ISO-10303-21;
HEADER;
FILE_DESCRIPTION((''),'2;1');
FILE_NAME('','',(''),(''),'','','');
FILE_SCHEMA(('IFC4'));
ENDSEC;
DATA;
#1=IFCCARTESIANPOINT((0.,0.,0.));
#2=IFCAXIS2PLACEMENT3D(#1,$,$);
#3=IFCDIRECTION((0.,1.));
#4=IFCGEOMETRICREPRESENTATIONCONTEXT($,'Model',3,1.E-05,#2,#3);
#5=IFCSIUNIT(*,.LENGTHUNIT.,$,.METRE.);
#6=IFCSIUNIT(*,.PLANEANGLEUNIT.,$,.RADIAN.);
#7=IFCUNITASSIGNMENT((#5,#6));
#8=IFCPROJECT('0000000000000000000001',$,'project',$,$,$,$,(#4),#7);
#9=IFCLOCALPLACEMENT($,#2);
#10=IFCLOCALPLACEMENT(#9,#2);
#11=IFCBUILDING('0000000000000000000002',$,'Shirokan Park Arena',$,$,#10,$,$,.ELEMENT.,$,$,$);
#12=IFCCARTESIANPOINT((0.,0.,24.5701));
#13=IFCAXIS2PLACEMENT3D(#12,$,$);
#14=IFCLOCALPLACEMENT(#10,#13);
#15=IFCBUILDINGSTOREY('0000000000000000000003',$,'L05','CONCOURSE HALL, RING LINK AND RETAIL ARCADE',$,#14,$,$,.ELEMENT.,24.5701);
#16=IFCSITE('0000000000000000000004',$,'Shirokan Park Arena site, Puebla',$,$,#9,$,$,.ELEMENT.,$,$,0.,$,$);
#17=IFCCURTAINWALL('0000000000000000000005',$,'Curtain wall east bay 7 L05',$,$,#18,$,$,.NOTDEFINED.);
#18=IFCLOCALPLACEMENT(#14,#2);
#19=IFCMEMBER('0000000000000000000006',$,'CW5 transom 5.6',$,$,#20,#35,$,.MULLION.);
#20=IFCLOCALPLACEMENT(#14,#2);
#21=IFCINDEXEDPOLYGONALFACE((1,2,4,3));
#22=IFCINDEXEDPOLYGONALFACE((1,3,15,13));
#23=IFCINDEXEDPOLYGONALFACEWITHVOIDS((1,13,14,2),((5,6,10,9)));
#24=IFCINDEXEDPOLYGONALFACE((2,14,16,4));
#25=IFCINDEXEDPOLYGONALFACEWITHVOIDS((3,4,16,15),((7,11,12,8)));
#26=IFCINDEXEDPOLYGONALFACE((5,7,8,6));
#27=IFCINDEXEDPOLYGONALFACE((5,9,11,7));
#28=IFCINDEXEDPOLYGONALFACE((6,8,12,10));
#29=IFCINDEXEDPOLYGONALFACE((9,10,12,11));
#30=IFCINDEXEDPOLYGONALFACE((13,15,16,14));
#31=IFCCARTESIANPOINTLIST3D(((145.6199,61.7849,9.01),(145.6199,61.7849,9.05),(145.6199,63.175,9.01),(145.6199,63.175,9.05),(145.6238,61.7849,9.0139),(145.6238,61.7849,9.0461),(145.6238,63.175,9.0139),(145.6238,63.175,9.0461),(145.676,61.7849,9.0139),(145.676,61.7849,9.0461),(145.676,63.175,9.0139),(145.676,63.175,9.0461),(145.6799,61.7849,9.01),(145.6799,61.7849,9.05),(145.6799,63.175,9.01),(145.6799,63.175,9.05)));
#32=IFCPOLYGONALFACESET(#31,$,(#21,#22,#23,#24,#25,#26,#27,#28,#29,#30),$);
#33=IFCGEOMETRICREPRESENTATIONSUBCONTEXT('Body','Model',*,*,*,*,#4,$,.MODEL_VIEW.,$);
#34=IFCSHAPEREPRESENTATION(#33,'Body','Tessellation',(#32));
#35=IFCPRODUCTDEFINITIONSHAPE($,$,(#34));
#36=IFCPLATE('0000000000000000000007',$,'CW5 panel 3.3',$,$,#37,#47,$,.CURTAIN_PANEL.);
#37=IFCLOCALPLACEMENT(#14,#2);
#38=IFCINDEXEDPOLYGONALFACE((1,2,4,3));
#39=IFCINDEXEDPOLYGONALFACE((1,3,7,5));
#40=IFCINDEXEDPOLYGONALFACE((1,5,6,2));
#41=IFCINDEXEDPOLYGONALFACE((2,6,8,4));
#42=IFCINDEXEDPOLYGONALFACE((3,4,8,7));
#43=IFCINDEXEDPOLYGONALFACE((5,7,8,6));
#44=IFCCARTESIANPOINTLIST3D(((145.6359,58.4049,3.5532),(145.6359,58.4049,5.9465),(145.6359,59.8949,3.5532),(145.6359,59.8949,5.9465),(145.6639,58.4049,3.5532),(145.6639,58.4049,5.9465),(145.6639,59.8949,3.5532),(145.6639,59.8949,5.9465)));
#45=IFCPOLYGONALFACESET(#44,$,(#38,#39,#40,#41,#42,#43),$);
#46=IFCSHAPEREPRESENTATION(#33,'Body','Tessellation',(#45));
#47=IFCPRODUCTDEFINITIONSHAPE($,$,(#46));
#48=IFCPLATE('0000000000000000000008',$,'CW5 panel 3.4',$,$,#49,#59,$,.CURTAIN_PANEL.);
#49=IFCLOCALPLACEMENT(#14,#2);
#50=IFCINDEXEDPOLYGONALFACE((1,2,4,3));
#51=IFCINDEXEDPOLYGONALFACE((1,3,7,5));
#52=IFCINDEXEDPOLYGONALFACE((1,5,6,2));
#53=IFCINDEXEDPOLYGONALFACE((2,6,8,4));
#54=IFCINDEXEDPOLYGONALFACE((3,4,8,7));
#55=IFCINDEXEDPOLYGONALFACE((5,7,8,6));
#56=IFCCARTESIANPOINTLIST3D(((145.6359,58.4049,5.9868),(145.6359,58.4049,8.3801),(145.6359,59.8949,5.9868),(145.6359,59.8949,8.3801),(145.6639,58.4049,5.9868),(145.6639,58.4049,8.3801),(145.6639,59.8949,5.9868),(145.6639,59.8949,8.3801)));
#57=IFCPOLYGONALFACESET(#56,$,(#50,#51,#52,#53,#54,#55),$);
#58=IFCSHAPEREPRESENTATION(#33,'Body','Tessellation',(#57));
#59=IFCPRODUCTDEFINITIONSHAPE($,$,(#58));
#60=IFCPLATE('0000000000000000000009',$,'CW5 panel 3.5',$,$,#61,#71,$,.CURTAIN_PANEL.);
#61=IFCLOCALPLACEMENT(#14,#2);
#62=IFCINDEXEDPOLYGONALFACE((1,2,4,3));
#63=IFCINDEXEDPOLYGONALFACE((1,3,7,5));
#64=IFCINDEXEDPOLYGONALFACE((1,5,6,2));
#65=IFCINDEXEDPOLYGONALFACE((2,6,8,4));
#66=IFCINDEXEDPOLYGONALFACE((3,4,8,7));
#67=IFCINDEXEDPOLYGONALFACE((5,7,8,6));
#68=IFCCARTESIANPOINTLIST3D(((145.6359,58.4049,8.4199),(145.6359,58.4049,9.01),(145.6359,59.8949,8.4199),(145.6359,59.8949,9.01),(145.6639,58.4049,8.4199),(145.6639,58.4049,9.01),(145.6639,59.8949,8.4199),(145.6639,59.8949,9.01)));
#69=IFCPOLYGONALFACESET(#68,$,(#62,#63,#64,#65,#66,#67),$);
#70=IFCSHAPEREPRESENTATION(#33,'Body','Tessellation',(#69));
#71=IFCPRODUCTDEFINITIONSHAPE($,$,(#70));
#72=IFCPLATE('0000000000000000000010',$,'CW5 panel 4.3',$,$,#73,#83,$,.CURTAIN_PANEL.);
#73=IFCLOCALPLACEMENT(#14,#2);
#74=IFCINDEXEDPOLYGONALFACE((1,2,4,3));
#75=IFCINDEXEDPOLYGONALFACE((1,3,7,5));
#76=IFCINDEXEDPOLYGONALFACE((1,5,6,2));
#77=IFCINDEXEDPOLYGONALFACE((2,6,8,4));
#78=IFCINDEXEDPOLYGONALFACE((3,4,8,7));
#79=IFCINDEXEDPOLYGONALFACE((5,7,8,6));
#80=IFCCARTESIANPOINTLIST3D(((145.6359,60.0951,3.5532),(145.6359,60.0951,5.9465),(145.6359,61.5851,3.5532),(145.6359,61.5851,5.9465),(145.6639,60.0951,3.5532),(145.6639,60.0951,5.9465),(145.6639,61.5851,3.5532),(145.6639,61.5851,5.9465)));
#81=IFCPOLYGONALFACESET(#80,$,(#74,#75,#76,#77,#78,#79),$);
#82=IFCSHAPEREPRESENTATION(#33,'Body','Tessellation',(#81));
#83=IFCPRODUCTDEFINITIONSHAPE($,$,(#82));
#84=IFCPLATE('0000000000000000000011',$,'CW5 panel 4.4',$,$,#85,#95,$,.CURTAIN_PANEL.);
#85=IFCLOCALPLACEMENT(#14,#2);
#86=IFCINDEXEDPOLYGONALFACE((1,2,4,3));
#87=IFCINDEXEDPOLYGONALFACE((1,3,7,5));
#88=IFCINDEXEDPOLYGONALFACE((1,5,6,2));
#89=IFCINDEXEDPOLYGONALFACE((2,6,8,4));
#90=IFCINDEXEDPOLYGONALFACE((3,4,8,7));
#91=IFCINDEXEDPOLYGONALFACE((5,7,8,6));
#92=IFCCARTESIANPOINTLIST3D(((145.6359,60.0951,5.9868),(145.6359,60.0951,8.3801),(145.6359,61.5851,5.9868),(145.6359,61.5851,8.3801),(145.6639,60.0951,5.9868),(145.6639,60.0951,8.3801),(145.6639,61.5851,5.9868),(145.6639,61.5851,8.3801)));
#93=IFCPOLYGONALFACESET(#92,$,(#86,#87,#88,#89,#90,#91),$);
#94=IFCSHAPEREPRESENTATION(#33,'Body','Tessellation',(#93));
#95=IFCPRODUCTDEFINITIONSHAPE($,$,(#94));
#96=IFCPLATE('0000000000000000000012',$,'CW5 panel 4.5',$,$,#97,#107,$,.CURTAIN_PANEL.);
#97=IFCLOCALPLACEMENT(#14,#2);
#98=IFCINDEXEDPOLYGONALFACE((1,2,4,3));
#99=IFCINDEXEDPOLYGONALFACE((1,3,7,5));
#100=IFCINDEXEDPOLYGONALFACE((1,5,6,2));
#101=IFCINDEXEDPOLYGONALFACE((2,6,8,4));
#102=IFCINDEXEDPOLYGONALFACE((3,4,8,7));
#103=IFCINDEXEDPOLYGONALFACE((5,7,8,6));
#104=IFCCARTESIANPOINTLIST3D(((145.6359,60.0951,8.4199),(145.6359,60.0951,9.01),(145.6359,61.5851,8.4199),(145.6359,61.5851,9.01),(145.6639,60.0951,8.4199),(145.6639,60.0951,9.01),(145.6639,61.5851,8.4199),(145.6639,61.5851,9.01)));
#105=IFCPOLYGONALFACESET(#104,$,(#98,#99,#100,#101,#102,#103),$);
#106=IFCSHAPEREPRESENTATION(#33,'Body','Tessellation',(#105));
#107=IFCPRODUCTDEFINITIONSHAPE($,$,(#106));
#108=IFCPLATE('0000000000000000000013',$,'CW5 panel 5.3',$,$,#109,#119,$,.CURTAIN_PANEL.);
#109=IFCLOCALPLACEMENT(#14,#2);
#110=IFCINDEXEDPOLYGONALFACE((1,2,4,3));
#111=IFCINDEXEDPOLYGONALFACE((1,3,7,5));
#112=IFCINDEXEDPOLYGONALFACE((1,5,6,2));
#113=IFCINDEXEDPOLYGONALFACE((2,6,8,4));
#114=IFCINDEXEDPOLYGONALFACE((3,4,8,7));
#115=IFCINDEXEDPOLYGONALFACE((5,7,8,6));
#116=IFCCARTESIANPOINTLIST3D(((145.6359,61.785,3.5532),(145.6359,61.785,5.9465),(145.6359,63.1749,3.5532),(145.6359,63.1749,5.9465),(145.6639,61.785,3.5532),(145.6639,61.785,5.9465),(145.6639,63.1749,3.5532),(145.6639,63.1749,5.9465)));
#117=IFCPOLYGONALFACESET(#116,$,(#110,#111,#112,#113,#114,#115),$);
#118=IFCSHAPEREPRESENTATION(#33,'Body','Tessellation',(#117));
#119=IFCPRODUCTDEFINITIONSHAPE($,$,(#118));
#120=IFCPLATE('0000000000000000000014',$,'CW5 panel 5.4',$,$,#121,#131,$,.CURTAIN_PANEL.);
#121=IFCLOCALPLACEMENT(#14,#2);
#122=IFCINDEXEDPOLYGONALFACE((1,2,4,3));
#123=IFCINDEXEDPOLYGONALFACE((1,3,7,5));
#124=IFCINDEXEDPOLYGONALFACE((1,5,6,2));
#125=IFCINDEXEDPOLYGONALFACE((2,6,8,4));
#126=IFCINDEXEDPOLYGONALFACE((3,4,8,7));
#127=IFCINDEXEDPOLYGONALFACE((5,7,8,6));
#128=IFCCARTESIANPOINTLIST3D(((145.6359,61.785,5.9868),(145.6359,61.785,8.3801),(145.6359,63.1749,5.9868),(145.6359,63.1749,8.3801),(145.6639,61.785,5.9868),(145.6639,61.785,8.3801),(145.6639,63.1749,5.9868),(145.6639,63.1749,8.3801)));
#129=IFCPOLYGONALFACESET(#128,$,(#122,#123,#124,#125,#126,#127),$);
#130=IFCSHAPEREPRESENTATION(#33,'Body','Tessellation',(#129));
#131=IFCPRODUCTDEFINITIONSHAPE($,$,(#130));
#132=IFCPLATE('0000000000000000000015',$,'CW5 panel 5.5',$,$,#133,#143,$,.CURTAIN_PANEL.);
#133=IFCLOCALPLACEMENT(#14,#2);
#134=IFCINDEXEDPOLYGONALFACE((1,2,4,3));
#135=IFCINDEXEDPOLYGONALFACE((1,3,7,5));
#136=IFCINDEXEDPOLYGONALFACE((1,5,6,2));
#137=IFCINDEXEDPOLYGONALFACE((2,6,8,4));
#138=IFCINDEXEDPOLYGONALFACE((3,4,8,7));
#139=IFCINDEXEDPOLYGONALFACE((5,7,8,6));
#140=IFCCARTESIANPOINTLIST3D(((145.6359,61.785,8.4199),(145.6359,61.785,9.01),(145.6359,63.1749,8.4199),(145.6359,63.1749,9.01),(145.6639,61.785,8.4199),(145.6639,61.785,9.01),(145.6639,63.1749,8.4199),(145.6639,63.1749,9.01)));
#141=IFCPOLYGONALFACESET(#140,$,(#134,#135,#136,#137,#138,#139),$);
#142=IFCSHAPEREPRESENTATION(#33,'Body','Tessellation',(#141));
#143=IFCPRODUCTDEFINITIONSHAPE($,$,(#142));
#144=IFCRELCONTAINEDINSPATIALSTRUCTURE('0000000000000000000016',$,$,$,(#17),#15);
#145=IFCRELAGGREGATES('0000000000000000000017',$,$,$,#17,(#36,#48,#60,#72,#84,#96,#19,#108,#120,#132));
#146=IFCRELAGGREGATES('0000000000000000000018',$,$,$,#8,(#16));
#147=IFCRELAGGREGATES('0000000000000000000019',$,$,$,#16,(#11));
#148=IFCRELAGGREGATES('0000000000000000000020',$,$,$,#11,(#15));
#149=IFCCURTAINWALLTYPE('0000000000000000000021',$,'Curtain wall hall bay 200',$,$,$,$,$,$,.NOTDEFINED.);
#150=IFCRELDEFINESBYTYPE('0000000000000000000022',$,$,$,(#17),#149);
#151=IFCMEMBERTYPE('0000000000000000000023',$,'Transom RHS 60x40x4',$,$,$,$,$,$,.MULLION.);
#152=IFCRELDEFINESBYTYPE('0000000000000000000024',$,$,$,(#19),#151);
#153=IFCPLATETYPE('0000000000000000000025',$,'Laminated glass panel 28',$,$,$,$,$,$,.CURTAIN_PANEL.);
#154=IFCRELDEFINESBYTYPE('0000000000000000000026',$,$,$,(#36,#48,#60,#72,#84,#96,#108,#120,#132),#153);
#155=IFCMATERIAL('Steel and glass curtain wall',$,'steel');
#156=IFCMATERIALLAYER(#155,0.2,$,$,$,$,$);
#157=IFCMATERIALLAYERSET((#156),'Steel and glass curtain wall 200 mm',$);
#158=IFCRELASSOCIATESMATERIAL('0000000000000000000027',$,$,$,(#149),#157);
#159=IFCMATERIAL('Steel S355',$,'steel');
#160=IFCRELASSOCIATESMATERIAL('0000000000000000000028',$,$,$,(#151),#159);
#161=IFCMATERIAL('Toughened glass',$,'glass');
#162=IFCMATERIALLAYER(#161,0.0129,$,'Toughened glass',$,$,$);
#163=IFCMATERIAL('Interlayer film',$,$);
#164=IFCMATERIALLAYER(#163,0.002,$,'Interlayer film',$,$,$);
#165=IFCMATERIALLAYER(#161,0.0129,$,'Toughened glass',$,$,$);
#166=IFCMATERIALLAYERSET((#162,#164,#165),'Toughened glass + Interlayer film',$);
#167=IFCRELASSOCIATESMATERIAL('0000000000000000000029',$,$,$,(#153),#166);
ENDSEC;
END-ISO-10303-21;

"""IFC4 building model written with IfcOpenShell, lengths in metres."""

from ifc_helpers import new_model, si_unit, direction, frame, origin, origin_2d, place, context, subcontext, project, spatial, rectangle, hollow_rectangle, extrude, material, layer, layer_set, material_profile, profile_set, type_object, element, aggregate, save


model = new_model("IFC4")

# Units and contexts
model_context = context("Model", 3, precision=1e-05, world=origin(), true_north=direction((0.0, 1.0)))
body_context = subcontext(model_context, "Body", "Model", "MODEL_VIEW")
ifc_project = project(units=[si_unit("LENGTHUNIT", "METRE"), si_unit("PLANEANGLEUNIT", "RADIAN")], contexts=[model_context])

# Site, building, storey
site_placement = place(None, origin())
site = spatial("IfcSite", under=ifc_project, at=site_placement, Name="Shirokan Park Arena site, Puebla", CompositionType="ELEMENT", RefElevation=0.0)
building_placement = place(site_placement, origin())
building = spatial("IfcBuilding", under=site, at=building_placement, Name="Shirokan Park Arena", CompositionType="ELEMENT")
storey_placement = place(building_placement, frame((0.0, 0.0, 24.5701)))
storey = spatial("IfcBuildingStorey", under=building, at=storey_placement, Name="L05", Description="CONCOURSE HALL, RING LINK AND RETAIL ARCADE", CompositionType="ELEMENT", Elevation=24.5701)

# Curtain wall, member, plates
ifc_material_1 = material(Name="Steel and glass curtain wall", Category="steel")
ifc_layer_1 = layer(ifc_material_1, 0.2)
ifc_layer_set_1 = layer_set([ifc_layer_1], Name="Steel and glass curtain wall 200 mm")
curtain_wall_type = type_object("IfcCurtainWallType", Name="Curtain wall hall bay 200", PredefinedType="NOTDEFINED", material=ifc_layer_set_1)
curtain_wall_placement = place(storey_placement, origin())
curtain_wall = element("IfcCurtainWall", 1, at=curtain_wall_placement, inside=storey, type_object=curtain_wall_type, Name="Curtain wall east bay 7 L05", PredefinedType="NOTDEFINED")
ifc_material_2 = material(Name="Steel S355", Category="steel")
ifc_material_profile = material_profile(ifc_material_2, hollow_rectangle(XDim=0.0601, YDim=0.04, WallThickness=0.0039, at=origin_2d()), Name="RHS 60x40x4")
ifc_profile_set = profile_set([ifc_material_profile], Name="Steel S355")
member_type = type_object("IfcMemberType", Name="Transom RHS 60x40x4", PredefinedType="MULLION", material=ifc_profile_set)
member_1_placement = place(storey_placement, frame((145.6499, 61.7849, 9.03), z_axis=(0.0, 1.0, 0.0), x_axis=(-1.0, 0.0, 0.0)))
member_1 = element("IfcMember", 2, at=member_1_placement, type_object=member_type, Name="CW5 transom 5.6", PredefinedType="MULLION", context=body_context, shape_type="SweptSolid", body=[
    extrude(hollow_rectangle(XDim=0.0601, YDim=0.04, WallThickness=0.0039, at=origin_2d()), origin(), (0.0, 0.0, 1.0), 1.3901),
])
ifc_material_3 = material(Name="Toughened glass", Category="glass")
ifc_layer_2 = layer(ifc_material_3, 0.0129, Name="Toughened glass")
ifc_material_4 = material(Name="Interlayer film")
ifc_layer_3 = layer(ifc_material_4, 0.002, Name="Interlayer film")
ifc_layer_4 = layer(ifc_material_3, 0.0129, Name="Toughened glass")
ifc_layer_set_2 = layer_set([ifc_layer_2, ifc_layer_3, ifc_layer_4], Name="Toughened glass + Interlayer film")
plate_type = type_object("IfcPlateType", Name="Laminated glass panel 28", PredefinedType="CURTAIN_PANEL", material=ifc_layer_set_2)
plate_1_placement = place(storey_placement, frame((145.6499, 59.1499, 3.5532), z_axis=(0.0, 0.0, 1.0), x_axis=(0.0, 1.0, 0.0)))
plate_1 = element("IfcPlate", 3, at=plate_1_placement, type_object=plate_type, Name="CW5 panel 3.3", PredefinedType="CURTAIN_PANEL", context=body_context, shape_type="SweptSolid", body=[
    extrude(rectangle(XDim=1.49, YDim=0.0281, at=origin_2d()), origin(), (0.0, 0.0, 1.0), 2.3933),
])
plate_2_placement = place(storey_placement, frame((145.6499, 59.1499, 5.9868), z_axis=(0.0, 0.0, 1.0), x_axis=(0.0, 1.0, 0.0)))
plate_2 = element("IfcPlate", 4, at=plate_2_placement, type_object=plate_type, Name="CW5 panel 3.4", PredefinedType="CURTAIN_PANEL", context=body_context, shape_type="SweptSolid", body=[
    extrude(rectangle(XDim=1.49, YDim=0.0281, at=origin_2d()), origin(), (0.0, 0.0, 1.0), 2.3933),
])
plate_3_placement = place(storey_placement, frame((145.6499, 59.1499, 8.4199), z_axis=(0.0, 0.0, 1.0), x_axis=(0.0, 1.0, 0.0)))
plate_3 = element("IfcPlate", 5, at=plate_3_placement, type_object=plate_type, Name="CW5 panel 3.5", PredefinedType="CURTAIN_PANEL", context=body_context, shape_type="SweptSolid", body=[
    extrude(rectangle(XDim=1.49, YDim=0.0281, at=origin_2d()), origin(), (0.0, 0.0, 1.0), 0.5901),
])
plate_4_placement = place(storey_placement, frame((145.6499, 60.8401, 3.5532), z_axis=(0.0, 0.0, 1.0), x_axis=(0.0, 1.0, 0.0)))
plate_4 = element("IfcPlate", 6, at=plate_4_placement, type_object=plate_type, Name="CW5 panel 4.3", PredefinedType="CURTAIN_PANEL", context=body_context, shape_type="SweptSolid", body=[
    extrude(rectangle(XDim=1.49, YDim=0.0281, at=origin_2d()), origin(), (0.0, 0.0, 1.0), 2.3933),
])
plate_5_placement = place(storey_placement, frame((145.6499, 60.8401, 5.9868), z_axis=(0.0, 0.0, 1.0), x_axis=(0.0, 1.0, 0.0)))
plate_5 = element("IfcPlate", 7, at=plate_5_placement, type_object=plate_type, Name="CW5 panel 4.4", PredefinedType="CURTAIN_PANEL", context=body_context, shape_type="SweptSolid", body=[
    extrude(rectangle(XDim=1.49, YDim=0.0281, at=origin_2d()), origin(), (0.0, 0.0, 1.0), 2.3933),
])
plate_6_placement = place(storey_placement, frame((145.6499, 60.8401, 8.4199), z_axis=(0.0, 0.0, 1.0), x_axis=(0.0, 1.0, 0.0)))
plate_6 = element("IfcPlate", 8, at=plate_6_placement, type_object=plate_type, Name="CW5 panel 4.5", PredefinedType="CURTAIN_PANEL", context=body_context, shape_type="SweptSolid", body=[
    extrude(rectangle(XDim=1.49, YDim=0.0281, at=origin_2d()), origin(), (0.0, 0.0, 1.0), 0.5901),
])
plate_7_placement = place(storey_placement, frame((145.6499, 62.48, 3.5532), z_axis=(0.0, 0.0, 1.0), x_axis=(0.0, 1.0, 0.0)))
plate_7 = element("IfcPlate", 9, at=plate_7_placement, type_object=plate_type, Name="CW5 panel 5.3", PredefinedType="CURTAIN_PANEL", context=body_context, shape_type="SweptSolid", body=[
    extrude(rectangle(XDim=1.3899, YDim=0.0281, at=origin_2d()), origin(), (0.0, 0.0, 1.0), 2.3933),
])
plate_8_placement = place(storey_placement, frame((145.6499, 62.48, 5.9868), z_axis=(0.0, 0.0, 1.0), x_axis=(0.0, 1.0, 0.0)))
plate_8 = element("IfcPlate", 10, at=plate_8_placement, type_object=plate_type, Name="CW5 panel 5.4", PredefinedType="CURTAIN_PANEL", context=body_context, shape_type="SweptSolid", body=[
    extrude(rectangle(XDim=1.3899, YDim=0.0281, at=origin_2d()), origin(), (0.0, 0.0, 1.0), 2.3933),
])
plate_9_placement = place(storey_placement, frame((145.6499, 62.48, 8.4199), z_axis=(0.0, 0.0, 1.0), x_axis=(0.0, 1.0, 0.0)))
plate_9 = element("IfcPlate", 11, at=plate_9_placement, type_object=plate_type, Name="CW5 panel 5.5", PredefinedType="CURTAIN_PANEL", context=body_context, shape_type="SweptSolid", body=[
    extrude(rectangle(XDim=1.3899, YDim=0.0281, at=origin_2d()), origin(), (0.0, 0.0, 1.0), 0.5901),
])
aggregate(curtain_wall, [plate_1, plate_2, plate_3, plate_4, plate_5, plate_6, member_1, plate_7, plate_8, plate_9])

save(model, "model.ifc")
